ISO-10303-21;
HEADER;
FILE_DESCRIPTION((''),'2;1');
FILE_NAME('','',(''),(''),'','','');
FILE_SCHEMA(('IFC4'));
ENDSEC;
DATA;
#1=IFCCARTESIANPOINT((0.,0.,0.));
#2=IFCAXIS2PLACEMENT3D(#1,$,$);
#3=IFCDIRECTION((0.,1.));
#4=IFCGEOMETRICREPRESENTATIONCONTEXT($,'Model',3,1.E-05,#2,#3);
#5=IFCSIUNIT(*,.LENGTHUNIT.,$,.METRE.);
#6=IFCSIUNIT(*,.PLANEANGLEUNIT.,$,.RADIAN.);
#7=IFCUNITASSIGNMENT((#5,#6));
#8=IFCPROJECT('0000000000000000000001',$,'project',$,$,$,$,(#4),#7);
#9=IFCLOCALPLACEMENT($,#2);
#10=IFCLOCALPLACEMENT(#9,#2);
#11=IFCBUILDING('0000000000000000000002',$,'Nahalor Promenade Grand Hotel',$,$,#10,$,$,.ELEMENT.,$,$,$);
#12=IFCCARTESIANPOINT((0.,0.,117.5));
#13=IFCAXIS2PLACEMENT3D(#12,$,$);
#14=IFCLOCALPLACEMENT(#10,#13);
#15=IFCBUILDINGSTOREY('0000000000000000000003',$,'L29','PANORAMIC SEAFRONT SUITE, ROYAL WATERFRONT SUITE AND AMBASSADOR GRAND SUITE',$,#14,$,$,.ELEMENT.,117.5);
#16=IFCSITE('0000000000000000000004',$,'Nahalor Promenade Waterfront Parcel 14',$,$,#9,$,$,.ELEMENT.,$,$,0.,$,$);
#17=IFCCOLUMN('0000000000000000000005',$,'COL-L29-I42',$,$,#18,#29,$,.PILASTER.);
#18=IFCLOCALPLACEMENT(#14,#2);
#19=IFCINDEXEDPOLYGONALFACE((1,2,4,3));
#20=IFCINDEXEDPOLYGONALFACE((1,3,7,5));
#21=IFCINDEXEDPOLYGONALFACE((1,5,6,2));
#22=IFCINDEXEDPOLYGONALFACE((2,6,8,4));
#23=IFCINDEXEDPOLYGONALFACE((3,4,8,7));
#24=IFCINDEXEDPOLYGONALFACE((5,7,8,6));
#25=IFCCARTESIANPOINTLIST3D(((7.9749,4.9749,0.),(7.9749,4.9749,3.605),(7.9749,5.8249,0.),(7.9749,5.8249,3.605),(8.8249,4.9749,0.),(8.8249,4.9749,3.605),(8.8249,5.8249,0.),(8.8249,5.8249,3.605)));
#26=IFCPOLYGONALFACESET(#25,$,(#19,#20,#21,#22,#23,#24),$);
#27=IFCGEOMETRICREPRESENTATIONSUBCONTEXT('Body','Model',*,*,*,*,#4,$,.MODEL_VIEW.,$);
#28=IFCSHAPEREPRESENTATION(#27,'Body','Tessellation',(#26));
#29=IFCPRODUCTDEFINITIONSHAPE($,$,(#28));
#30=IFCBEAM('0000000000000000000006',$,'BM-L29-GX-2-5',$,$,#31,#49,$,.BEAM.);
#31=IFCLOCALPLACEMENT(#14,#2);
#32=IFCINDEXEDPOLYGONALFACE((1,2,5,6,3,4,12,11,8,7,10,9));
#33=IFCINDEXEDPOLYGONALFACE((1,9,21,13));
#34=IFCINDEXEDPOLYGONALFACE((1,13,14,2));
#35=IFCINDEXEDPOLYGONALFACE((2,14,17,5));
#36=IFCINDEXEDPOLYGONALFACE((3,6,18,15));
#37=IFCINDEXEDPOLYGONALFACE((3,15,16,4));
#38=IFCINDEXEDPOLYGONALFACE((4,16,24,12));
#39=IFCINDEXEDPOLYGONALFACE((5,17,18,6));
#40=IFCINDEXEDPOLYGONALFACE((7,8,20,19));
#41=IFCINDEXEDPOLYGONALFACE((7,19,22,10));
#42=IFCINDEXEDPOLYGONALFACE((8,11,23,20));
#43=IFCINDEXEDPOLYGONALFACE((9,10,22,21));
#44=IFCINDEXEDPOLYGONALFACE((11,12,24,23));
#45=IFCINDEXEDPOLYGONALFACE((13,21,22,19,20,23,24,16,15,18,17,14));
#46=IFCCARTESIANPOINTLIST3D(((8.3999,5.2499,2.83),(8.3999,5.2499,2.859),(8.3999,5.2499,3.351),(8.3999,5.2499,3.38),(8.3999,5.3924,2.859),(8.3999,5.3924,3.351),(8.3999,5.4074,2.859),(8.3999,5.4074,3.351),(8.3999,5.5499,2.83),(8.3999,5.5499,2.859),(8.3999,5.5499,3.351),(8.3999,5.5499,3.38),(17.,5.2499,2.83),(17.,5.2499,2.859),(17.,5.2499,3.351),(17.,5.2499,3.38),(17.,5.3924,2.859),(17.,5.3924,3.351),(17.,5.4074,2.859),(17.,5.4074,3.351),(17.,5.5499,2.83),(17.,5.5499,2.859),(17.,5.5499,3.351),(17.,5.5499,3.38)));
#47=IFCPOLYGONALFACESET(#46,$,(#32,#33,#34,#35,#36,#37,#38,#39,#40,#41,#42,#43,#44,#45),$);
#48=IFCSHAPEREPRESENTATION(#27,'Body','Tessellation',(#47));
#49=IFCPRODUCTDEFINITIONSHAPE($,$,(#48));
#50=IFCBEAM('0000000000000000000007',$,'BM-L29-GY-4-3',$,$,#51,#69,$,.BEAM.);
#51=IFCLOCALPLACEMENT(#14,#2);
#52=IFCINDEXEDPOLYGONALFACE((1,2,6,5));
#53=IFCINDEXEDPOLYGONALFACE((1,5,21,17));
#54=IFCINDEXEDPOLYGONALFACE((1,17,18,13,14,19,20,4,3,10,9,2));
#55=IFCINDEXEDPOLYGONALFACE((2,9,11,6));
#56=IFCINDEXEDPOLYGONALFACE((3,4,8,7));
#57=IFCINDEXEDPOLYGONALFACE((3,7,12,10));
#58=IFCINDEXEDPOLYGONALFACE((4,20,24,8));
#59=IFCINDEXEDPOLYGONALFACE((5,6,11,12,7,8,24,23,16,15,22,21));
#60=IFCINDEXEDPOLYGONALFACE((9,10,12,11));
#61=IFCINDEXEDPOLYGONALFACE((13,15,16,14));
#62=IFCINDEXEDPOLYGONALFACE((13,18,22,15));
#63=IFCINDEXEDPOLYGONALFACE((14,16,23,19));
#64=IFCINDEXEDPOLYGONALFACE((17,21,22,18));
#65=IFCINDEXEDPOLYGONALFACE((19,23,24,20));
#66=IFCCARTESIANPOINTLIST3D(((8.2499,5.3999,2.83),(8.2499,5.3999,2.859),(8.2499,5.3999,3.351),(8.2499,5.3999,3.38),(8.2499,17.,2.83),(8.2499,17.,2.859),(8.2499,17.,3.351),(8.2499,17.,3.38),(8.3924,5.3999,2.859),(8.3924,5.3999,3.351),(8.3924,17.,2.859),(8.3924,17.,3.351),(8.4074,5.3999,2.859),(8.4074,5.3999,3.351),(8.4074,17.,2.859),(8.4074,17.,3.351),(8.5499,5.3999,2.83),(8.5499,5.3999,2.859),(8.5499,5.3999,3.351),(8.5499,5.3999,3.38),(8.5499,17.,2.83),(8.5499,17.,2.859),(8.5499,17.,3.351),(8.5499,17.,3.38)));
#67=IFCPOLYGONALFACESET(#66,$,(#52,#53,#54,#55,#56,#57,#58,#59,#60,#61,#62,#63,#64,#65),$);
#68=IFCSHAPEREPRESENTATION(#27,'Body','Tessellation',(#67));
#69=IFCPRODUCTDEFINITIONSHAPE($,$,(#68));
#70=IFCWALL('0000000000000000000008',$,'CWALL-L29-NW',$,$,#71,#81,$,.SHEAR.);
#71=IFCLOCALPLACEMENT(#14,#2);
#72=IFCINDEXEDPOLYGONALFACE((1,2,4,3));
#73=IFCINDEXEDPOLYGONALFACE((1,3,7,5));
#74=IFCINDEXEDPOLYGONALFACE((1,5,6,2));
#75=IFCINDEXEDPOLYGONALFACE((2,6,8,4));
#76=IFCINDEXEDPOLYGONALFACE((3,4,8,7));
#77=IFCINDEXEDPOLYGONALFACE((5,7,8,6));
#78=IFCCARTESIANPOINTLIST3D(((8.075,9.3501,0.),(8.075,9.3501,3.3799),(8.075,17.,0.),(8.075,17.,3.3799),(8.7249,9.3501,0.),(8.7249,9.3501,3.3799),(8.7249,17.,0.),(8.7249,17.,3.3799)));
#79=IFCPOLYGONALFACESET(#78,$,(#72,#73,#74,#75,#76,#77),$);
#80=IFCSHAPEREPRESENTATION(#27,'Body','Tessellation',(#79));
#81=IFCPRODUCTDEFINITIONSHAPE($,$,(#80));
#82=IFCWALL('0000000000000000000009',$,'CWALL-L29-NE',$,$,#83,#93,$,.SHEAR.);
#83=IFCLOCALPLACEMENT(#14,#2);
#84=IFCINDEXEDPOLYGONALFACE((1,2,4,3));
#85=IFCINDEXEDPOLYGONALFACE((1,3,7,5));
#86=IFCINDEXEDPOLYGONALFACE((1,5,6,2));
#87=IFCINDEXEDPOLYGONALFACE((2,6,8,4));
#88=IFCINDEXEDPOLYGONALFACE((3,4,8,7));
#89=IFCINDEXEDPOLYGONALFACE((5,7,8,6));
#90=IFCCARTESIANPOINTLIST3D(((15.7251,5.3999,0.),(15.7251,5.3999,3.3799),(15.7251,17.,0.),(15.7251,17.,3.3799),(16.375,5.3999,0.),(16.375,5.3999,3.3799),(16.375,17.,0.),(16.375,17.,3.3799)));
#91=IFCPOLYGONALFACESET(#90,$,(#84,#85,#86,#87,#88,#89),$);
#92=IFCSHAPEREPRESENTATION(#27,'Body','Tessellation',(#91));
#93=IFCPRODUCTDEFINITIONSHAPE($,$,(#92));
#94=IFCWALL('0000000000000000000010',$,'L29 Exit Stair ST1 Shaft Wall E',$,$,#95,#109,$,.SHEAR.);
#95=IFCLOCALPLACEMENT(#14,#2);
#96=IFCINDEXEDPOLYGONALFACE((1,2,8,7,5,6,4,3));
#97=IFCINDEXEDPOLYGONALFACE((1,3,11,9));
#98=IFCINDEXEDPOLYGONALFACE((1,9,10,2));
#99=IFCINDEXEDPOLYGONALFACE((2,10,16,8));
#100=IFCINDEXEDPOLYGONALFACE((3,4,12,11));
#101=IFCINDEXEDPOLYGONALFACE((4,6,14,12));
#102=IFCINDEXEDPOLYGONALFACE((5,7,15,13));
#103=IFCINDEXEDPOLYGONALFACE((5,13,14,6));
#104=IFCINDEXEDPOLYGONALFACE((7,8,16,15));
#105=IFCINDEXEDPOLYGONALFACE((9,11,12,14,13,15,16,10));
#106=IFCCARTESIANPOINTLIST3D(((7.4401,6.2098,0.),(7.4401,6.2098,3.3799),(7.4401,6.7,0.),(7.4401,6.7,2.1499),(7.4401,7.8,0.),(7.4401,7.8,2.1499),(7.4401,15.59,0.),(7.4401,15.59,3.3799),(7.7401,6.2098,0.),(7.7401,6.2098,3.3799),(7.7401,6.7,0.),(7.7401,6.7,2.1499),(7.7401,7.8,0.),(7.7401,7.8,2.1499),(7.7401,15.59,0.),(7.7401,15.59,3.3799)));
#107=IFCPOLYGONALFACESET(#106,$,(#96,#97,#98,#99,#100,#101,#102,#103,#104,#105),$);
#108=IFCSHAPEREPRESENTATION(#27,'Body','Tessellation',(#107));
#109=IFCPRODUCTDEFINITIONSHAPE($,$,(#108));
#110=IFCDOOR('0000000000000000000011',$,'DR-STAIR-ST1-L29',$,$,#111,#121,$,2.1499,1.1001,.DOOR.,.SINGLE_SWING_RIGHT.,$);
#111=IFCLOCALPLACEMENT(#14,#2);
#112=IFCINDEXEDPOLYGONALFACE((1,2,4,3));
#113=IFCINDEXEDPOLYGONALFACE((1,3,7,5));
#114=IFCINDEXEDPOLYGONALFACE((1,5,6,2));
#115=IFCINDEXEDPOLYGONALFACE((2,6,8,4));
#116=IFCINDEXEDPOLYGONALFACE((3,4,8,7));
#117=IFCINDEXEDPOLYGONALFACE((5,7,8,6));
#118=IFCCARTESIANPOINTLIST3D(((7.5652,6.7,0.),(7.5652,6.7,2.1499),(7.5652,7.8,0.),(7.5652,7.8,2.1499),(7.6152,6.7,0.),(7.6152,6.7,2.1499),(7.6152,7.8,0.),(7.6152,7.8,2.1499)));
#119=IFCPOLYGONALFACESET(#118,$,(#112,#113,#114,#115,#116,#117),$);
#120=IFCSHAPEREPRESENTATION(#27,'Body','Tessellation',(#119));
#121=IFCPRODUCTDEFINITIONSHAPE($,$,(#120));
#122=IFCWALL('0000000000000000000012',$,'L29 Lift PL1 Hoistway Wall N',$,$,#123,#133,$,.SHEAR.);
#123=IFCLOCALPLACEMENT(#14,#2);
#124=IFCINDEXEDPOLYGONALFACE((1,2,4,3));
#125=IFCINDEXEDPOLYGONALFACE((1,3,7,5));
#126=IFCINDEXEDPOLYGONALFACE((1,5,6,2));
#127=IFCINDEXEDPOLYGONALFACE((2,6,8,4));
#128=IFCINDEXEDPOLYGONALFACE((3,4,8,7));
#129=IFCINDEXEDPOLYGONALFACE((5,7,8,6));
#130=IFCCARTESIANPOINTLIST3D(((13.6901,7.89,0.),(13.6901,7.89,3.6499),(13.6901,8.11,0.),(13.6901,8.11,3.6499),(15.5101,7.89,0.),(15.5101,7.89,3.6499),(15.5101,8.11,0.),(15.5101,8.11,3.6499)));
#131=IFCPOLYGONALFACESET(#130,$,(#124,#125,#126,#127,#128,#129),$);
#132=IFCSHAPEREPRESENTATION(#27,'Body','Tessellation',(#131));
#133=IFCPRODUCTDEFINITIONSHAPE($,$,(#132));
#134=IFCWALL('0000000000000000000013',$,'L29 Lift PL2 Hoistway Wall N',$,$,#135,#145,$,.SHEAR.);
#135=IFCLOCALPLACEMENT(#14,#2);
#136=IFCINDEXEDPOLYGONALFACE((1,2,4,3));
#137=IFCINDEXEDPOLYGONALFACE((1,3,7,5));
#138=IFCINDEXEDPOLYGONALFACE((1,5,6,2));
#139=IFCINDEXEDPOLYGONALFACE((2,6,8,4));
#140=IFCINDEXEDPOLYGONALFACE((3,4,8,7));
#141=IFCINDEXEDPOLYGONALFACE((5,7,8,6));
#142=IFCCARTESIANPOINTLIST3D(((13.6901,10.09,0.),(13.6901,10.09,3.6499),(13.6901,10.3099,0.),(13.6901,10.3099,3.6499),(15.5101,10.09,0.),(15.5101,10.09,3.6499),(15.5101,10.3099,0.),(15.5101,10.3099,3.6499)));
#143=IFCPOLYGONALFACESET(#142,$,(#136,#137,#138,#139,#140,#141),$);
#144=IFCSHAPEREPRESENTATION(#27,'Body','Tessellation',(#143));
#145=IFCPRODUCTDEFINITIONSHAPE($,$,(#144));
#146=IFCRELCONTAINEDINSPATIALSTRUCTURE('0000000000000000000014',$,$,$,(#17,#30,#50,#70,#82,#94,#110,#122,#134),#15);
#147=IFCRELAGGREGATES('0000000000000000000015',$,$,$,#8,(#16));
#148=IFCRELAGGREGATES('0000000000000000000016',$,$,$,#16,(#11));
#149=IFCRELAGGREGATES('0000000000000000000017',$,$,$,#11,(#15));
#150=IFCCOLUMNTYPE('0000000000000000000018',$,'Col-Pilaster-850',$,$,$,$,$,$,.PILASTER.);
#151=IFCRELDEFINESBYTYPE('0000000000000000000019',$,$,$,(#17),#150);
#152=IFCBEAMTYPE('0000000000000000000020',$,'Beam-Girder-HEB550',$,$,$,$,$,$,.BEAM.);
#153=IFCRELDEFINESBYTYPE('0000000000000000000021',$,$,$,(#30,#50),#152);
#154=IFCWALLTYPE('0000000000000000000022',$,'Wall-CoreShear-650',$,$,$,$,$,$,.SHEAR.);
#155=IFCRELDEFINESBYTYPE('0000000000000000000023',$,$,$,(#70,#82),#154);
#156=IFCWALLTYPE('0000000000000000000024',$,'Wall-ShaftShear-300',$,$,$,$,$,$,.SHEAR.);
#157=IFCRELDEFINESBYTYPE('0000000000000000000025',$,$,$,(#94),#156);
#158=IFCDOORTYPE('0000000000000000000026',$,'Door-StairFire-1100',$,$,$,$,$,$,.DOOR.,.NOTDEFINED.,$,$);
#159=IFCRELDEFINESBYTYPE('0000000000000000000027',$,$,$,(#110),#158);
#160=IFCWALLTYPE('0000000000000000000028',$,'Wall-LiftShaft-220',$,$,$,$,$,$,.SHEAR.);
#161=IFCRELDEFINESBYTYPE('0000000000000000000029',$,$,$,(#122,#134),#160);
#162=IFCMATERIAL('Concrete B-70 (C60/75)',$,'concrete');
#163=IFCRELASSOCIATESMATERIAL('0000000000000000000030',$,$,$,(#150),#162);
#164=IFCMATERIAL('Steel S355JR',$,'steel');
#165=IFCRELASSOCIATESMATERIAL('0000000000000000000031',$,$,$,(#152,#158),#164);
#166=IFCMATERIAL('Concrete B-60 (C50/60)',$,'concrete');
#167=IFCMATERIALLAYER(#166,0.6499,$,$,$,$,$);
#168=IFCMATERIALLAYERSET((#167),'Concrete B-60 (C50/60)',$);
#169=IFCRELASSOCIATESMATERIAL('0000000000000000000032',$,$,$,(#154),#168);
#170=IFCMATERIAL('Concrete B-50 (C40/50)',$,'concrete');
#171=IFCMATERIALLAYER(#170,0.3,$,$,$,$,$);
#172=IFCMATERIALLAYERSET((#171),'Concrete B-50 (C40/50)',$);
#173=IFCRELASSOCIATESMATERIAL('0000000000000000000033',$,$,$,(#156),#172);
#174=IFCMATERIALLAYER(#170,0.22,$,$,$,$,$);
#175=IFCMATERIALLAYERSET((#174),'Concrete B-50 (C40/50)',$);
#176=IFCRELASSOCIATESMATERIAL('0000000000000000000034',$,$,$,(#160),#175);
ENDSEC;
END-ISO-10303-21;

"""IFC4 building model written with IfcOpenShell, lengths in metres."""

from ifc_helpers import new_model, si_unit, direction, frame, frame_2d, origin, origin_2d, place, context, subcontext, project, spatial, rectangle, i_section, extrude, source, transform, mapped, material, layer, layer_set, material_profile, profile_set, type_object, element, fill, save


model = new_model("IFC4")

# Units and contexts
model_context = context("Model", 3, precision=1e-05, world=origin(), true_north=direction((0.0, 1.0)))
body_context = subcontext(model_context, "Body", "Model", "MODEL_VIEW")
ifc_project = project(units=[si_unit("LENGTHUNIT", "METRE"), si_unit("PLANEANGLEUNIT", "RADIAN")], contexts=[model_context])

# Site, building, storey
site_placement = place(None, origin())
site = spatial("IfcSite", under=ifc_project, at=site_placement, Name="Nahalor Promenade Waterfront Parcel 14", CompositionType="ELEMENT", RefElevation=0.0)
building_placement = place(site_placement, origin())
building = spatial("IfcBuilding", under=site, at=building_placement, Name="Nahalor Promenade Grand Hotel", CompositionType="ELEMENT")
storey_placement = place(building_placement, frame((0.0, 0.0, 117.5)))
storey = spatial("IfcBuildingStorey", under=building, at=storey_placement, Name="L29", Description="PANORAMIC SEAFRONT SUITE, ROYAL WATERFRONT SUITE AND AMBASSADOR GRAND SUITE", CompositionType="ELEMENT", Elevation=117.5)

# Column
ifc_material_1 = material(Name="Concrete B-70 (C60/75)", Category="concrete")
ifc_material_profile_1 = material_profile(ifc_material_1, rectangle(XDim=0.85, YDim=0.85, at=origin_2d()), Name="RC 850x850")
ifc_profile_set_1 = profile_set([ifc_material_profile_1], Name="Concrete B-70 (C60/75)")
column_type = type_object("IfcColumnType", Name="Col-Pilaster-850", PredefinedType="PILASTER", material=ifc_profile_set_1)
shared_shape_1 = source(origin(), body_context, "Body", "SweptSolid", [
    extrude(rectangle(XDim=0.85, YDim=0.85, at=origin_2d()), origin(), (0.0, 0.0, 1.0), 3.605),
])
column_placement = place(storey_placement, frame((8.3999, 5.3999, 0.0), z_axis=(0.0, 0.0, 1.0), x_axis=(1.0, 0.0, 0.0)))
element("IfcColumn", 1, at=column_placement, inside=storey, type_object=column_type, Name="COL-L29-I42", PredefinedType="PILASTER", context=body_context, shape_type="MappedRepresentation", body=[
    mapped(shared_shape_1, transform((0.0, 0.0, 0.0), scale=1.0)),
])

# Beams
ifc_material_2 = material(Name="Steel S355JR", Category="steel")
ifc_material_profile_2 = material_profile(ifc_material_2, i_section(OverallWidth=0.3, OverallDepth=0.55, WebThickness=0.015, FlangeThickness=0.029, at=origin_2d()), Name="HEB 550")
ifc_profile_set_2 = profile_set([ifc_material_profile_2], Name="Steel S355JR")
beam_type = type_object("IfcBeamType", Name="Beam-Girder-HEB550", PredefinedType="BEAM", material=ifc_profile_set_2)
shared_shape_2 = source(origin(), body_context, "Body", "SweptSolid", [
    extrude(i_section(OverallWidth=0.3, OverallDepth=0.55, WebThickness=0.015, FlangeThickness=0.029, at=origin_2d()), origin(), (0.0, 0.0, 1.0), 8.6001),
])
beam_1_placement = place(storey_placement, frame((8.3999, 5.3999, 3.105), z_axis=(1.0, 0.0, 0.0), x_axis=(0.0, 1.0, 0.0)))
element("IfcBeam", 2, at=beam_1_placement, inside=storey, type_object=beam_type, Name="BM-L29-GX-2-5", PredefinedType="BEAM", context=body_context, shape_type="MappedRepresentation", body=[
    mapped(shared_shape_2, transform((0.0, 0.0, 0.0), scale=1.0)),
])
shared_shape_3 = source(origin(), body_context, "Body", "SweptSolid", [
    extrude(i_section(OverallWidth=0.3, OverallDepth=0.55, WebThickness=0.015, FlangeThickness=0.029, at=origin_2d()), origin(), (0.0, 0.0, 1.0), 11.6001),
])
beam_2_placement = place(storey_placement, frame((8.3999, 5.3999, 3.105), z_axis=(0.0, 1.0, 0.0), x_axis=(-1.0, 0.0, 0.0)))
element("IfcBeam", 3, at=beam_2_placement, inside=storey, type_object=beam_type, Name="BM-L29-GY-4-3", PredefinedType="BEAM", context=body_context, shape_type="MappedRepresentation", body=[
    mapped(shared_shape_3, transform((0.0, 0.0, 0.0), scale=1.0)),
])

# Walls
ifc_material_3 = material(Name="Concrete B-60 (C50/60)", Category="concrete")
ifc_layer_1 = layer(ifc_material_3, 0.6499)
ifc_layer_set_1 = layer_set([ifc_layer_1], Name="Concrete B-60 (C50/60)")
wall_type_1 = type_object("IfcWallType", Name="Wall-CoreShear-650", PredefinedType="SHEAR", material=ifc_layer_set_1)
shared_shape_4 = source(origin(), body_context, "Body", "SweptSolid", [
    extrude(rectangle(XDim=7.6499, YDim=0.6499, at=frame_2d((3.825, 0.0))), origin(), (0.0, 0.0, 1.0), 3.3799),
])
wall_1_placement = place(storey_placement, frame((8.3999, 9.3501, 0.0), z_axis=(0.0, 0.0, 1.0), x_axis=(0.0, 1.0, 0.0)))
element("IfcWall", 4, at=wall_1_placement, inside=storey, type_object=wall_type_1, Name="CWALL-L29-NW", PredefinedType="SHEAR", context=body_context, shape_type="MappedRepresentation", body=[
    mapped(shared_shape_4, transform((0.0, 0.0, 0.0), scale=1.0)),
])
shared_shape_5 = source(origin(), body_context, "Body", "SweptSolid", [
    extrude(rectangle(XDim=11.6001, YDim=0.6499, at=frame_2d((5.8, 0.0))), origin(), (0.0, 0.0, 1.0), 3.3799),
])
wall_2_placement = place(storey_placement, frame((16.05, 5.3999, 0.0), z_axis=(0.0, 0.0, 1.0), x_axis=(0.0, 1.0, 0.0)))
element("IfcWall", 5, at=wall_2_placement, inside=storey, type_object=wall_type_1, Name="CWALL-L29-NE", PredefinedType="SHEAR", context=body_context, shape_type="MappedRepresentation", body=[
    mapped(shared_shape_5, transform((0.0, 0.0, 0.0), scale=1.0)),
])

# Wall, opening, door
ifc_material_4 = material(Name="Concrete B-50 (C40/50)", Category="concrete")
ifc_layer_2 = layer(ifc_material_4, 0.3)
ifc_layer_set_2 = layer_set([ifc_layer_2], Name="Concrete B-50 (C40/50)")
wall_type_2 = type_object("IfcWallType", Name="Wall-ShaftShear-300", PredefinedType="SHEAR", material=ifc_layer_set_2)
shared_shape_6 = source(origin(), body_context, "Body", "SweptSolid", [
    extrude(rectangle(XDim=9.3801, YDim=0.3, at=frame_2d((4.6899, 0.0))), origin(), (0.0, 0.0, 1.0), 3.3799),
])
wall_3_placement = place(storey_placement, frame((7.5901, 6.21, 0.0), z_axis=(0.0, 0.0, 1.0), x_axis=(0.0, 1.0, 0.0)))
wall_3 = element("IfcWall", 6, at=wall_3_placement, inside=storey, type_object=wall_type_2, Name="L29 Exit Stair ST1 Shaft Wall E", PredefinedType="SHEAR", context=body_context, shape_type="MappedRepresentation", body=[
    mapped(shared_shape_6, transform((0.0, 0.0, 0.0), scale=1.0)),
])
opening_1_placement = place(wall_3_placement, frame((0.49, 0.0, 0.0)))
opening_1 = element("IfcOpeningElement", 7, at=opening_1_placement, cuts=wall_3, PredefinedType="OPENING", context=body_context, shape_type="SweptSolid", body=[
    extrude(rectangle(XDim=1.1001, YDim=2.1499, at=frame_2d((0.55, 1.075))), frame((0.0, 0.1599, 0.0), z_axis=(0.0, -1.0, 0.0), x_axis=(1.0, 0.0, 0.0)), (0.0, 0.0, 1.0), 0.3201),
])
door_type_1 = type_object("IfcDoorType", Name="Door-StairFire-1100", OperationType="NOTDEFINED", PredefinedType="DOOR", material=ifc_material_2)
shared_shape_7 = source(origin(), body_context, "Body", "SweptSolid", [
    extrude(rectangle(XDim=1.1001, YDim=2.1499, at=frame_2d((0.55, 1.075))), frame((0.0, 0.0249, 0.0), z_axis=(0.0, -1.0, 0.0), x_axis=(1.0, 0.0, 0.0)), (0.0, 0.0, 1.0), 0.05),
])
door_1_placement = place(opening_1_placement, origin())
door_1 = element("IfcDoor", 8, at=door_1_placement, inside=storey, type_object=door_type_1, Name="DR-STAIR-ST1-L29", OperationType="SINGLE_SWING_RIGHT", OverallHeight=2.1499, OverallWidth=1.1001, PredefinedType="DOOR", context=body_context, shape_type="MappedRepresentation", body=[
    mapped(shared_shape_7, transform((0.0, 0.0, 0.0), scale=1.0)),
])
fill(opening_1, door_1)

# Walls
ifc_layer_3 = layer(ifc_material_4, 0.22)
ifc_layer_set_3 = layer_set([ifc_layer_3], Name="Concrete B-50 (C40/50)")
wall_type_3 = type_object("IfcWallType", Name="Wall-LiftShaft-220", PredefinedType="SHEAR", material=ifc_layer_set_3)
shared_shape_8 = source(origin(), body_context, "Body", "SweptSolid", [
    extrude(rectangle(XDim=1.8201, YDim=0.22, at=frame_2d((0.9102, 0.0))), origin(), (0.0, 0.0, 1.0), 3.6499),
])
for number, where, z_axis, x_axis, name in (
    (9, (13.6899, 8.0, 0.0), (0.0, 0.0, 1.0), (1.0, 0.0, 0.0), "L29 Lift PL1 Hoistway Wall N"),
    (10, (13.6899, 10.2, 0.0), (0.0, 0.0, 1.0), (1.0, 0.0, 0.0), "L29 Lift PL2 Hoistway Wall N"),
):
    element("IfcWall", number, at=place(storey_placement, frame(where, z_axis=z_axis, x_axis=x_axis)), inside=storey, type_object=wall_type_3, Name=name, PredefinedType="SHEAR", context=body_context, shape_type="MappedRepresentation", body=[
        mapped(shared_shape_8, transform((0.0, 0.0, 0.0), scale=1.0)),
    ])

save(model, "model.ifc")
